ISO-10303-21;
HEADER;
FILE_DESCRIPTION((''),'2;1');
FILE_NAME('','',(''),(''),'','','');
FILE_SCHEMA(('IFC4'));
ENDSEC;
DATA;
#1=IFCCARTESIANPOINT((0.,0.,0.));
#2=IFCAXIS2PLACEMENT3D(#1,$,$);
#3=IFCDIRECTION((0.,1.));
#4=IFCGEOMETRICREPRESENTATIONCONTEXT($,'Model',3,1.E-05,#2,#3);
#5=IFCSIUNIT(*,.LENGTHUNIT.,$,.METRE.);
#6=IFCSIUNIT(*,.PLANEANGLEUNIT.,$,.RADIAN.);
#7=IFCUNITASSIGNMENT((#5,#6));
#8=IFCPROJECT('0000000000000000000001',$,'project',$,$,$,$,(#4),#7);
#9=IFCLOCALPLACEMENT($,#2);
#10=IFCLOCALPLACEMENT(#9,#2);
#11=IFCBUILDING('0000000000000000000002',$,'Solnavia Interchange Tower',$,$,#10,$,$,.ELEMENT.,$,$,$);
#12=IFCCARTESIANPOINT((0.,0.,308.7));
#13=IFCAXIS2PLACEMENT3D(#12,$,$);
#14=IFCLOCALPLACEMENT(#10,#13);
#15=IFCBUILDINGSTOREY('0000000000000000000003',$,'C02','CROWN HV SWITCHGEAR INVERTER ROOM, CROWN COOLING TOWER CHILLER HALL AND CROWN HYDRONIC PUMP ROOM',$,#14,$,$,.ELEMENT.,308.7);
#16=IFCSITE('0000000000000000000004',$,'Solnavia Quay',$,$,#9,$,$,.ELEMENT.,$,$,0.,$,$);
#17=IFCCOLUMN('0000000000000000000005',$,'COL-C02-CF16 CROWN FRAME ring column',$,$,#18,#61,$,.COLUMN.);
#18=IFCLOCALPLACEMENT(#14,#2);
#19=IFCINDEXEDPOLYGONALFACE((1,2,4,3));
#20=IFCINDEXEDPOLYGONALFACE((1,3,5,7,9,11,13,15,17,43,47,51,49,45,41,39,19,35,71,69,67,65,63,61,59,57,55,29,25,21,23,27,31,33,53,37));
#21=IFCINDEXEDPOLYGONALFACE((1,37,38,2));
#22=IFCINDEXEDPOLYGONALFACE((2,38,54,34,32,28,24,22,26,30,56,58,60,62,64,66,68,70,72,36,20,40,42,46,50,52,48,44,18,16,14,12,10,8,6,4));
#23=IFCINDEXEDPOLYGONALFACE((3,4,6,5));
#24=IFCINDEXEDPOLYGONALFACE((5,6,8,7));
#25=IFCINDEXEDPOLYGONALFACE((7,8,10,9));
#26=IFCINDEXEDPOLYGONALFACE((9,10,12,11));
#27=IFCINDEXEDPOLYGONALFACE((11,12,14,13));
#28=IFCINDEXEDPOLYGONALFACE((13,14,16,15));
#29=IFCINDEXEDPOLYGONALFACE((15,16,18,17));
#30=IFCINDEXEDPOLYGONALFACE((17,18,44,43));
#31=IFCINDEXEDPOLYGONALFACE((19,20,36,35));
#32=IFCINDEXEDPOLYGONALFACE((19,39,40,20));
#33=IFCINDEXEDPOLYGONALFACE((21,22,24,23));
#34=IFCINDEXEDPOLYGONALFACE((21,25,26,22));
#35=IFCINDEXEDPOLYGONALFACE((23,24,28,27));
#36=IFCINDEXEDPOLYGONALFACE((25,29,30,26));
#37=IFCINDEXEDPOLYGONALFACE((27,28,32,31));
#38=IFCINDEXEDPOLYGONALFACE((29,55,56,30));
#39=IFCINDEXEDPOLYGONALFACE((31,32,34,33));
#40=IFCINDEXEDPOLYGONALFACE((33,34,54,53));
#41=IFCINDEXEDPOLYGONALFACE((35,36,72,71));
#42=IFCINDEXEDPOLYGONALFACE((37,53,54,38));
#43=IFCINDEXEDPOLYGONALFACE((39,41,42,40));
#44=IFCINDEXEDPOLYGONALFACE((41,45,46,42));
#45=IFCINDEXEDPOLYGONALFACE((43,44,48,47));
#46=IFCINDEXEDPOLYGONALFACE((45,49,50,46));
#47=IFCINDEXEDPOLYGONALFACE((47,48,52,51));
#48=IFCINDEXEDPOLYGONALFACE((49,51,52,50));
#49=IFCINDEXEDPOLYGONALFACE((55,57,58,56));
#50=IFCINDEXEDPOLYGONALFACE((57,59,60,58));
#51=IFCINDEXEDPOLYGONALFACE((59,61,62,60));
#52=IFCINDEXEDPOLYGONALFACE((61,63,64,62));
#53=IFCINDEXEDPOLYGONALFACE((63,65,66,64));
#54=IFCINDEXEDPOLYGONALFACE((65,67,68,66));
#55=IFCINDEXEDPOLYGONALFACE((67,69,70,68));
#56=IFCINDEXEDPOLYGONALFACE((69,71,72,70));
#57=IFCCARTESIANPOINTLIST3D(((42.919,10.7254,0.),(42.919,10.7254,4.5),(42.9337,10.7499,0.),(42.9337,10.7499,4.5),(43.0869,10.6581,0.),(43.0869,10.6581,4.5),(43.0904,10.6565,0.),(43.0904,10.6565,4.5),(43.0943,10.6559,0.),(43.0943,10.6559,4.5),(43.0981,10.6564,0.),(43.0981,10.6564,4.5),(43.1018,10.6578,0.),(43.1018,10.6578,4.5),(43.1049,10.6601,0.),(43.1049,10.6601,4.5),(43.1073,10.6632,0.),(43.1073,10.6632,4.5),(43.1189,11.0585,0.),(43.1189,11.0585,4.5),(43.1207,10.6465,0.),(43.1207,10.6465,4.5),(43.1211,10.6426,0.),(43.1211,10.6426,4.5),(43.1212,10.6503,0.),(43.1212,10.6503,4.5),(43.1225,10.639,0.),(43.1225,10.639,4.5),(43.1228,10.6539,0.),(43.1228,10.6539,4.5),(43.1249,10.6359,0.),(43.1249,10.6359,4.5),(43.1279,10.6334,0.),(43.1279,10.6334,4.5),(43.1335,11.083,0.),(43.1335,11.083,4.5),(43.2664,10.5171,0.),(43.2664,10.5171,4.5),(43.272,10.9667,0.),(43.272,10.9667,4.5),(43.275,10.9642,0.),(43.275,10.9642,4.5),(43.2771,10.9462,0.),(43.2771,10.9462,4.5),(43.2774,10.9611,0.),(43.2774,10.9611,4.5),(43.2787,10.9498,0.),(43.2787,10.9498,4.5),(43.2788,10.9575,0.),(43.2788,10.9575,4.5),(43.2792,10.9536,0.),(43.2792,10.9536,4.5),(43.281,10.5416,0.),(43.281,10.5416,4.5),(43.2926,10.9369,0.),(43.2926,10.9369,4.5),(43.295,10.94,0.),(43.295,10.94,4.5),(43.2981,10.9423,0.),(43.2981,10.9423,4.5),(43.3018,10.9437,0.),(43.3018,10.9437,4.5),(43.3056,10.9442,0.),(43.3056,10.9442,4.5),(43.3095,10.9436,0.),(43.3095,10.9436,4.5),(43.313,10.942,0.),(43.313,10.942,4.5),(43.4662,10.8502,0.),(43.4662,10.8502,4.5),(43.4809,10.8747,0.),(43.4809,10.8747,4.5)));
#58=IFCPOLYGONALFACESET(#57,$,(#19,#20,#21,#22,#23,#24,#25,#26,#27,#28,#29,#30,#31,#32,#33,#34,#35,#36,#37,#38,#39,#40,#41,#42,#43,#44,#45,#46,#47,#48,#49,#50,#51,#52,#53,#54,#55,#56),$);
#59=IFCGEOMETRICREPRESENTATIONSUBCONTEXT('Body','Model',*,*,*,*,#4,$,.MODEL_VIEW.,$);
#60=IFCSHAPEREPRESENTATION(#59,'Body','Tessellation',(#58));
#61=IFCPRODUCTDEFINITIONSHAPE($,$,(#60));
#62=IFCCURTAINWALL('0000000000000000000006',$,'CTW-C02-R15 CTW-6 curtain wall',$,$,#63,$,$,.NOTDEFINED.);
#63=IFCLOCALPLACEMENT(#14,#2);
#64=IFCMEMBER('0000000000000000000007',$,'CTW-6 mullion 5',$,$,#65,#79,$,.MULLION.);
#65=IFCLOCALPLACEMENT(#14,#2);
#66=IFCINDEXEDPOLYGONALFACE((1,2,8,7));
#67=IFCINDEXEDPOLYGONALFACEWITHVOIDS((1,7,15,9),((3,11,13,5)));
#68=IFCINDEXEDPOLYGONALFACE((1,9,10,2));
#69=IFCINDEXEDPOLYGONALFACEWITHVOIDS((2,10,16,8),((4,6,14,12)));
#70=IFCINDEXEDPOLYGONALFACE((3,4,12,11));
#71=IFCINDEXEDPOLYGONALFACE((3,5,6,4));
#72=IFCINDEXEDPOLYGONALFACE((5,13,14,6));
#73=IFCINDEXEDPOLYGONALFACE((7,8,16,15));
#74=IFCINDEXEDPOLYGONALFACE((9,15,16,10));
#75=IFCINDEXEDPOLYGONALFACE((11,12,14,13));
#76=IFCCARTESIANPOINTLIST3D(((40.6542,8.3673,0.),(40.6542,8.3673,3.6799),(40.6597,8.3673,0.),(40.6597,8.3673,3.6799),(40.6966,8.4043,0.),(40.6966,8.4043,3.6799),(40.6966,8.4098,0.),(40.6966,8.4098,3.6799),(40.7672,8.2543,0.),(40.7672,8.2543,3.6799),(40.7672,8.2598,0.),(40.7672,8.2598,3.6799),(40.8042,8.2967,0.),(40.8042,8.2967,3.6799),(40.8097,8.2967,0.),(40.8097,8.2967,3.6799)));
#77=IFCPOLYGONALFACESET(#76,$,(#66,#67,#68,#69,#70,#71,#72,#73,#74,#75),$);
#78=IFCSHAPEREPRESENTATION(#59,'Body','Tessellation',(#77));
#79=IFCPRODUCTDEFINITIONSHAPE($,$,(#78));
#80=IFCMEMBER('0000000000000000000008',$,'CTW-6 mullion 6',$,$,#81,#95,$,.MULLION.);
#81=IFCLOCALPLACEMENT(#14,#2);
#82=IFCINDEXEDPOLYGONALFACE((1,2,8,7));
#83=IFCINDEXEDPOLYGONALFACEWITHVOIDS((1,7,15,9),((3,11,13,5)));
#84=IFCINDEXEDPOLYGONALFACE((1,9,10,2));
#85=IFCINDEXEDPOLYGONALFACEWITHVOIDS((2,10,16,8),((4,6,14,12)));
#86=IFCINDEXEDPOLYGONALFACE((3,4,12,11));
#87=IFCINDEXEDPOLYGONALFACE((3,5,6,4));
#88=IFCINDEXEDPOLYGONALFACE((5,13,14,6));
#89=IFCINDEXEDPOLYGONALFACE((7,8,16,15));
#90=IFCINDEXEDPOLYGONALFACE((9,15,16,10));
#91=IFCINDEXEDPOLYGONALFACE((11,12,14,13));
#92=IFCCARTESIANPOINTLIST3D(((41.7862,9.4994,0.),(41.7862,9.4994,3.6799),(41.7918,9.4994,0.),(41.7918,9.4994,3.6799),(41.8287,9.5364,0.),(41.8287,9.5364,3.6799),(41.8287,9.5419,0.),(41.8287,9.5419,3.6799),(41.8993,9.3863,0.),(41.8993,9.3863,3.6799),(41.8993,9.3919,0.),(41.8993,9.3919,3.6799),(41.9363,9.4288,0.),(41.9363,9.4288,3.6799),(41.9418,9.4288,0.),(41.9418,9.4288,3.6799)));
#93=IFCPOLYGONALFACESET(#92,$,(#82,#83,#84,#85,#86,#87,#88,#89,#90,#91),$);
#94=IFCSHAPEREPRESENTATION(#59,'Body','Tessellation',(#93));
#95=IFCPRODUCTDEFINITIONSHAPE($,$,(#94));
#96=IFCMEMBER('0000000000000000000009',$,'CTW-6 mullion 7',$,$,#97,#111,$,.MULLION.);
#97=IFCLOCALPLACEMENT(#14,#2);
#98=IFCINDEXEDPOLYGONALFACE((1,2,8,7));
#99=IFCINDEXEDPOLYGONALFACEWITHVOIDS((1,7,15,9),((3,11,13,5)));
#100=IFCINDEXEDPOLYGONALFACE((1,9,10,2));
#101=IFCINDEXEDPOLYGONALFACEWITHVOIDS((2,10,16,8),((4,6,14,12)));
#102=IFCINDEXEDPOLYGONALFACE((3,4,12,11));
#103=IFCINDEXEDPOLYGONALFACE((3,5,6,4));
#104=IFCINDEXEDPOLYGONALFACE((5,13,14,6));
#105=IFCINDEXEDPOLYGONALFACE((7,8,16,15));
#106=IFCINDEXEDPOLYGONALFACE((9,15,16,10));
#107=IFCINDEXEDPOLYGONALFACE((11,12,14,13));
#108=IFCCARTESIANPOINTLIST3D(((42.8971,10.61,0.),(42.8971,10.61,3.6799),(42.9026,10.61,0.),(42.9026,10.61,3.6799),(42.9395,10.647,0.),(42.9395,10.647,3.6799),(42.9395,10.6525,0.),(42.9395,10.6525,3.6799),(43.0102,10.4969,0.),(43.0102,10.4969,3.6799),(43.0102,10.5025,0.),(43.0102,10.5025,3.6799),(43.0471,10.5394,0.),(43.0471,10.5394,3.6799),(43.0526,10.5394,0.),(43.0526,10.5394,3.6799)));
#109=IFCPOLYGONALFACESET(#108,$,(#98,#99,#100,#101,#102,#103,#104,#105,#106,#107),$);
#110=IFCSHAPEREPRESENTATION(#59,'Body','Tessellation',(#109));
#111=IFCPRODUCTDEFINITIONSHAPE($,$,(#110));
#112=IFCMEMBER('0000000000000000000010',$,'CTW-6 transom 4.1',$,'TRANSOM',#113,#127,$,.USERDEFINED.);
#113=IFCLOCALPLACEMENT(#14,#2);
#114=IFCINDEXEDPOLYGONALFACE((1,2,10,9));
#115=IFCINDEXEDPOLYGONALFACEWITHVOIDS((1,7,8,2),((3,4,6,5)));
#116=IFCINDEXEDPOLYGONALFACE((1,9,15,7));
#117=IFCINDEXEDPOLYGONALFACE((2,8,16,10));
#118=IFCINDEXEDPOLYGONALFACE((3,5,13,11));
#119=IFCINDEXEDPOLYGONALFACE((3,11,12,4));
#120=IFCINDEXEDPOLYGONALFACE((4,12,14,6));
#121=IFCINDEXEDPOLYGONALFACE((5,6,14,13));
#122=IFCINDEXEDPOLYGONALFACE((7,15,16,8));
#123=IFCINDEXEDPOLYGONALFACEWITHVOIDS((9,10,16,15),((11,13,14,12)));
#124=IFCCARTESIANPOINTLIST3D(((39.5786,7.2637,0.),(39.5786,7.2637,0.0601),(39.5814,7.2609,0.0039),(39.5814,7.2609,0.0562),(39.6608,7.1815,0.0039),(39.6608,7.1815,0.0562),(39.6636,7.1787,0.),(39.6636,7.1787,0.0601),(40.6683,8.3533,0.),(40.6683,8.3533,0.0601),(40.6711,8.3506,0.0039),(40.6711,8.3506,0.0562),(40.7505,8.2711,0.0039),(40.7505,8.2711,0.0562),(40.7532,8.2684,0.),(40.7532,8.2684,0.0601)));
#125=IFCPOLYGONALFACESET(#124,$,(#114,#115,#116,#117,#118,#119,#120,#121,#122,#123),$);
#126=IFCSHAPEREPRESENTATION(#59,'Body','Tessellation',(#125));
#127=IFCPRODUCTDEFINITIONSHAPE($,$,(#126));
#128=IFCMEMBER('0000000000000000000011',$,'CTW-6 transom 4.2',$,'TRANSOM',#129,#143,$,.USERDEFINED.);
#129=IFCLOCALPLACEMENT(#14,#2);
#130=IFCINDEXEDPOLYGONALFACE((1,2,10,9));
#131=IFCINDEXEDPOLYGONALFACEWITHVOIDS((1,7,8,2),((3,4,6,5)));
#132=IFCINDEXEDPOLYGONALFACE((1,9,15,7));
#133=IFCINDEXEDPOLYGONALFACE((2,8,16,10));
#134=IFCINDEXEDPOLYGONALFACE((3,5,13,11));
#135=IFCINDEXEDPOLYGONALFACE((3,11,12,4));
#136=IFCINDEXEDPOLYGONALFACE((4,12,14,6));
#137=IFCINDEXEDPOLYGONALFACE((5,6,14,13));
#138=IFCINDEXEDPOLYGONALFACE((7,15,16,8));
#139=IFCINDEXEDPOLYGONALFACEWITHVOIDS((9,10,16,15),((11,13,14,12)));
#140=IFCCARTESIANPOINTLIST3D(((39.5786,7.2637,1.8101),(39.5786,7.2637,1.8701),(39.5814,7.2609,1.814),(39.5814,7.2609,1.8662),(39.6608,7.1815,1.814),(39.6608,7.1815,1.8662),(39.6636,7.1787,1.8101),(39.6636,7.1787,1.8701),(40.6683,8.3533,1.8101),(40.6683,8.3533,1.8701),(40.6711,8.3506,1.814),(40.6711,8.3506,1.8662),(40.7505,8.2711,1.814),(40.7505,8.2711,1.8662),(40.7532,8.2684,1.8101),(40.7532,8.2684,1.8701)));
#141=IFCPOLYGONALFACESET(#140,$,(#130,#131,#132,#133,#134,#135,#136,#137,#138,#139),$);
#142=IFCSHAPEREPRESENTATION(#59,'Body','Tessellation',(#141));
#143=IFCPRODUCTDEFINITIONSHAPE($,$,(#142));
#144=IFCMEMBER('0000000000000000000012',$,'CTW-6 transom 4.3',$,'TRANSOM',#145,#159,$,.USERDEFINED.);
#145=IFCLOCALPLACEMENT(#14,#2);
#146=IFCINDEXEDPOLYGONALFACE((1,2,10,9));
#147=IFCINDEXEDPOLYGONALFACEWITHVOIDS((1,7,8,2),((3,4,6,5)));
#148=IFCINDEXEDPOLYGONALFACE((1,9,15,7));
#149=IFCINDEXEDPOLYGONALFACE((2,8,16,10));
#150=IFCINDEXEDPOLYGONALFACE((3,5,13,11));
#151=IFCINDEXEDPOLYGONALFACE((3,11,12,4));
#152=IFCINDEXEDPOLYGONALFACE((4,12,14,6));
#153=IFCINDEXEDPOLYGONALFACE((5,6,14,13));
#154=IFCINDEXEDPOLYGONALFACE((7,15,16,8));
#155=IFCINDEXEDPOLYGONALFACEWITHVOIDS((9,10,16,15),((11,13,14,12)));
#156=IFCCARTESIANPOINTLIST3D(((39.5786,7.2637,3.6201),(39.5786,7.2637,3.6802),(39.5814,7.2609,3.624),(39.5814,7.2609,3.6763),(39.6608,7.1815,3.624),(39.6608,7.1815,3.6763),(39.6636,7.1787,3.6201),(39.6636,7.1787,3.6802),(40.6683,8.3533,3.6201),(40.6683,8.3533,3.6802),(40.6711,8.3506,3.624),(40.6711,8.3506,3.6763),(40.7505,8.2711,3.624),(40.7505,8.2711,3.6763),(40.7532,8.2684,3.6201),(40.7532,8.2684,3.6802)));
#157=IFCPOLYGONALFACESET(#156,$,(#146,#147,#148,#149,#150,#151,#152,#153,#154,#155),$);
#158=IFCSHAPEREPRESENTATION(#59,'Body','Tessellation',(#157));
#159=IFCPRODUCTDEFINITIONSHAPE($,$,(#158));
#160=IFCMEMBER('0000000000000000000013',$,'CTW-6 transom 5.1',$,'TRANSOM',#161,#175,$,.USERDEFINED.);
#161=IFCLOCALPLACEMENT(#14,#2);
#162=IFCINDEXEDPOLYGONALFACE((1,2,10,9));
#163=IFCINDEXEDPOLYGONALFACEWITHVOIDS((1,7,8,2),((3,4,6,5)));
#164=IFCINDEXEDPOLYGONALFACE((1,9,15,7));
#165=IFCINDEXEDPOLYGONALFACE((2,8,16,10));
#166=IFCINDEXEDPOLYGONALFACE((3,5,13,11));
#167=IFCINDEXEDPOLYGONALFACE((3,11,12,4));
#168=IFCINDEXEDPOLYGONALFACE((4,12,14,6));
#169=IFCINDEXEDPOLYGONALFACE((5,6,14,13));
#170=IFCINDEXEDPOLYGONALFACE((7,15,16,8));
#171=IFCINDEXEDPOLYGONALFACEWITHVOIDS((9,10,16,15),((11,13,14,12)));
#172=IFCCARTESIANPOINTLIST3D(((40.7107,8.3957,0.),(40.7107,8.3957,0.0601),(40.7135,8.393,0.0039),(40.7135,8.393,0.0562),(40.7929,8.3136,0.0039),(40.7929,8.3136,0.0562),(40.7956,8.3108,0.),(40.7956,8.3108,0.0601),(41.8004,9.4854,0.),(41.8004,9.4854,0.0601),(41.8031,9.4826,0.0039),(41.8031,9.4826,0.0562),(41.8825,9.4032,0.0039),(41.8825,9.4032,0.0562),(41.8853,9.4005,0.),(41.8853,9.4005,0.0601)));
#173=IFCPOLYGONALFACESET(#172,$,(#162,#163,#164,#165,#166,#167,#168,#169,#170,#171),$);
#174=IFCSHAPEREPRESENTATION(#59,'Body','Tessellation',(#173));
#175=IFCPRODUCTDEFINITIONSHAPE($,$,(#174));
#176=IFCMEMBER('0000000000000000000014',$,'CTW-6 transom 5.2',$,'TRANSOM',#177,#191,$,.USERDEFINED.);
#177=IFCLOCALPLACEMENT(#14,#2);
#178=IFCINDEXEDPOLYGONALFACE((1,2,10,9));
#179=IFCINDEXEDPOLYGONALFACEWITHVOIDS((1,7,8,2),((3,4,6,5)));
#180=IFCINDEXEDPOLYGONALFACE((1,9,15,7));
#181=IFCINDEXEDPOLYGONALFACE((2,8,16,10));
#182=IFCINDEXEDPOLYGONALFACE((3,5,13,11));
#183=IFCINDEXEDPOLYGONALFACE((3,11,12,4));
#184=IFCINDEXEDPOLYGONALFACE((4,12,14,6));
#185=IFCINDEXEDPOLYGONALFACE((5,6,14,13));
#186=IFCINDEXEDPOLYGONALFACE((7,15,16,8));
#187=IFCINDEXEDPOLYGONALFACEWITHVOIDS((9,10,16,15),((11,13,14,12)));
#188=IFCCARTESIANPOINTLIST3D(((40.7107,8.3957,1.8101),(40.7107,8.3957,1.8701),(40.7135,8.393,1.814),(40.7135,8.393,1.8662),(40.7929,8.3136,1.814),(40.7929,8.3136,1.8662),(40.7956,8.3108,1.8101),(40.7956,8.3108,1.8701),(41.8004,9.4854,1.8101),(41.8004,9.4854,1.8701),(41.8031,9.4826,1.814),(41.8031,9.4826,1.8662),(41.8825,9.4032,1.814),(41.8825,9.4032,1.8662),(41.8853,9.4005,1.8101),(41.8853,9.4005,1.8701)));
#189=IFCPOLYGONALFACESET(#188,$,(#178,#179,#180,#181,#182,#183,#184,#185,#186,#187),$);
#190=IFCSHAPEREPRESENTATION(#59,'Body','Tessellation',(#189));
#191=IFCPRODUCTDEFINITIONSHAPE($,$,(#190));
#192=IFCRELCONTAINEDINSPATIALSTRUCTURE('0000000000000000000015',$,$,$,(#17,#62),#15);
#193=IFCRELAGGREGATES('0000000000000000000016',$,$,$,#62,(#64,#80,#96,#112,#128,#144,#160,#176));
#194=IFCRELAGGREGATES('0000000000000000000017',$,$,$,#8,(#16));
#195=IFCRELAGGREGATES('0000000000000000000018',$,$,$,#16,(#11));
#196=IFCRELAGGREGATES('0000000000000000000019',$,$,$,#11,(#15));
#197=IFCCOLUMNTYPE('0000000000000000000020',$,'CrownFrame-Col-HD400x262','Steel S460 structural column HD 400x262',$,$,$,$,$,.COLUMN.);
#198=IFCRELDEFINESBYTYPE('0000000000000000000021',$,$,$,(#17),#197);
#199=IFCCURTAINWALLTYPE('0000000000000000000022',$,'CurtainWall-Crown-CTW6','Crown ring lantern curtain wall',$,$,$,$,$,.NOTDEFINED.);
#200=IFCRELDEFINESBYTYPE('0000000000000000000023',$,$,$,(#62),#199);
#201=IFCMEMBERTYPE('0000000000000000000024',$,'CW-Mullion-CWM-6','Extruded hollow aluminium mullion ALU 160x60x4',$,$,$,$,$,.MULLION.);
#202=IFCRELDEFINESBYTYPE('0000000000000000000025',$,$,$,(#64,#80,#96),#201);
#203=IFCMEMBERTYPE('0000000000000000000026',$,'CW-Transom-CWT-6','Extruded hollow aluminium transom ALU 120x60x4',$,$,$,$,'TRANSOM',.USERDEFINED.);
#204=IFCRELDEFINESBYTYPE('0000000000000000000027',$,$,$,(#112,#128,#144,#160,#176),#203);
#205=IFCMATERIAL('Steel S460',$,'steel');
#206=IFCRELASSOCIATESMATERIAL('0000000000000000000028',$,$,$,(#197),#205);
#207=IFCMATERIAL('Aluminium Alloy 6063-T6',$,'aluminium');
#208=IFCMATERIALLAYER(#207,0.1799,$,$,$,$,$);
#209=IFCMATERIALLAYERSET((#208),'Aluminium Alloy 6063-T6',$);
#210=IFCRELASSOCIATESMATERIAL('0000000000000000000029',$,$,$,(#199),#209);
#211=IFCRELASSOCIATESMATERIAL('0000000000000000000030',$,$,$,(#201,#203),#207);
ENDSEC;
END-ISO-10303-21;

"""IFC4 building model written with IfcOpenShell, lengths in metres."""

from ifc_helpers import new_model, si_unit, direction, frame, origin, origin_2d, place, context, subcontext, project, spatial, hollow_rectangle, i_section, extrude, material, layer, layer_set, material_profile, profile_set, type_object, element, aggregate, save


model = new_model("IFC4")

# Units and contexts
model_context = context("Model", 3, precision=1e-05, world=origin(), true_north=direction((0.0, 1.0)))
body_context = subcontext(model_context, "Body", "Model", "MODEL_VIEW")
ifc_project = project(units=[si_unit("LENGTHUNIT", "METRE"), si_unit("PLANEANGLEUNIT", "RADIAN")], contexts=[model_context])

# Site, building, storey
site_placement = place(None, origin())
site = spatial("IfcSite", under=ifc_project, at=site_placement, Name="Solnavia Quay", CompositionType="ELEMENT", RefElevation=0.0)
building_placement = place(site_placement, origin())
building = spatial("IfcBuilding", under=site, at=building_placement, Name="Solnavia Interchange Tower", CompositionType="ELEMENT")
storey_placement = place(building_placement, frame((0.0, 0.0, 308.7)))
storey = spatial("IfcBuildingStorey", under=building, at=storey_placement, Name="C02", Description="CROWN HV SWITCHGEAR INVERTER ROOM, CROWN COOLING TOWER CHILLER HALL AND CROWN HYDRONIC PUMP ROOM", CompositionType="ELEMENT", Elevation=308.7)

# Column
ifc_material_1 = material(Name="Steel S460", Category="steel")
ifc_material_profile_1 = material_profile(ifc_material_1, i_section(OverallWidth=0.405, OverallDepth=0.417, WebThickness=0.0181, FlangeThickness=0.0286, FilletRadius=0.0149, at=origin_2d()), Name="HD 400x262")
ifc_profile_set_1 = profile_set([ifc_material_profile_1], Name="Steel S460")
column_type = type_object("IfcColumnType", Name="CrownFrame-Col-HD400x262", Description="Steel S460 structural column HD 400x262", PredefinedType="COLUMN", material=ifc_profile_set_1)
column_placement = place(storey_placement, frame((43.2, 10.8, 0.0), z_axis=(0.0, 0.0, 1.0), x_axis=(0.857527, -0.51444, 0.0)))
element("IfcColumn", 1, at=column_placement, inside=storey, type_object=column_type, Name="COL-C02-CF16 CROWN FRAME ring column", PredefinedType="COLUMN", context=body_context, shape_type="SweptSolid", body=[
    extrude(i_section(OverallWidth=0.405, OverallDepth=0.417, WebThickness=0.0181, FlangeThickness=0.0286, FilletRadius=0.0149, at=origin_2d()), origin(), (0.0, 0.0, 1.0), 4.5),
])

# Curtain wall, members
ifc_material_2 = material(Name="Aluminium Alloy 6063-T6", Category="aluminium")
ifc_layer_1 = layer(ifc_material_2, 0.1799)
ifc_layer_set_1 = layer_set([ifc_layer_1], Name="Aluminium Alloy 6063-T6")
curtain_wall_type = type_object("IfcCurtainWallType", Name="CurtainWall-Crown-CTW6", Description="Crown ring lantern curtain wall", PredefinedType="NOTDEFINED", material=ifc_layer_set_1)
curtain_wall_placement = place(storey_placement, origin())
curtain_wall = element("IfcCurtainWall", 2, at=curtain_wall_placement, inside=storey, type_object=curtain_wall_type, Name="CTW-C02-R15 CTW-6 curtain wall", PredefinedType="NOTDEFINED")
ifc_material_profile_2 = material_profile(ifc_material_2, hollow_rectangle(XDim=0.0601, YDim=0.1599, WallThickness=0.0039, at=origin_2d()), Name="ALU 160x60x4")
ifc_profile_set_2 = profile_set([ifc_material_profile_2], Name="Aluminium Alloy 6063-T6")
member_type_1 = type_object("IfcMemberType", Name="CW-Mullion-CWM-6", Description="Extruded hollow aluminium mullion ALU 160x60x4", PredefinedType="MULLION", material=ifc_profile_set_2)
member_1_placement = place(storey_placement, frame((40.7319, 8.332, 0.0), z_axis=(0.0, 0.0, 1.0), x_axis=(0.707107, 0.707107, 0.0)))
member_1 = element("IfcMember", 3, at=member_1_placement, type_object=member_type_1, Name="CTW-6 mullion 5", PredefinedType="MULLION", context=body_context, shape_type="SweptSolid", body=[
    extrude(hollow_rectangle(XDim=0.0601, YDim=0.1599, WallThickness=0.0039, at=origin_2d()), origin(), (0.0, 0.0, 1.0), 3.6799),
])
member_2_placement = place(storey_placement, frame((41.864, 9.4641, 0.0), z_axis=(0.0, 0.0, 1.0), x_axis=(0.707107, 0.707107, 0.0)))
member_2 = element("IfcMember", 4, at=member_2_placement, type_object=member_type_1, Name="CTW-6 mullion 6", PredefinedType="MULLION", context=body_context, shape_type="SweptSolid", body=[
    extrude(hollow_rectangle(XDim=0.0601, YDim=0.1599, WallThickness=0.0039, at=origin_2d()), origin(), (0.0, 0.0, 1.0), 3.6799),
])
member_3_placement = place(storey_placement, frame((42.9749, 10.5747, 0.0), z_axis=(0.0, 0.0, 1.0), x_axis=(0.707107, 0.707107, 0.0)))
member_3 = element("IfcMember", 5, at=member_3_placement, type_object=member_type_1, Name="CTW-6 mullion 7", PredefinedType="MULLION", context=body_context, shape_type="SweptSolid", body=[
    extrude(hollow_rectangle(XDim=0.0601, YDim=0.1599, WallThickness=0.0039, at=origin_2d()), origin(), (0.0, 0.0, 1.0), 3.6799),
])
ifc_material_profile_3 = material_profile(ifc_material_2, hollow_rectangle(XDim=0.0601, YDim=0.1201, WallThickness=0.0039, at=origin_2d()), Name="ALU 120x60x4")
ifc_profile_set_3 = profile_set([ifc_material_profile_3], Name="Aluminium Alloy 6063-T6")
member_type_2 = type_object("IfcMemberType", Name="CW-Transom-CWT-6", Description="Extruded hollow aluminium transom ALU 120x60x4", ElementType="TRANSOM", PredefinedType="USERDEFINED", material=ifc_profile_set_3)
member_4_placement = place(storey_placement, frame((39.6211, 7.2212, 0.03), z_axis=(0.707107, 0.707107, 0.0), x_axis=(0.0, 0.0, 1.0)))
member_4 = element("IfcMember", 6, at=member_4_placement, type_object=member_type_2, Name="CTW-6 transom 4.1", ObjectType="TRANSOM", PredefinedType="USERDEFINED", context=body_context, shape_type="SweptSolid", body=[
    extrude(hollow_rectangle(XDim=0.0601, YDim=0.1201, WallThickness=0.0039, at=origin_2d()), origin(), (0.0, 0.0, 1.0), 1.541),
])
member_5_placement = place(storey_placement, frame((39.6211, 7.2212, 1.8401), z_axis=(0.707107, 0.707107, 0.0), x_axis=(0.0, 0.0, 1.0)))
member_5 = element("IfcMember", 7, at=member_5_placement, type_object=member_type_2, Name="CTW-6 transom 4.2", ObjectType="TRANSOM", PredefinedType="USERDEFINED", context=body_context, shape_type="SweptSolid", body=[
    extrude(hollow_rectangle(XDim=0.0601, YDim=0.1201, WallThickness=0.0039, at=origin_2d()), origin(), (0.0, 0.0, 1.0), 1.541),
])
member_6_placement = place(storey_placement, frame((39.6211, 7.2212, 3.6501), z_axis=(0.707107, 0.707107, 0.0), x_axis=(0.0, 0.0, 1.0)))
member_6 = element("IfcMember", 8, at=member_6_placement, type_object=member_type_2, Name="CTW-6 transom 4.3", ObjectType="TRANSOM", PredefinedType="USERDEFINED", context=body_context, shape_type="SweptSolid", body=[
    extrude(hollow_rectangle(XDim=0.0601, YDim=0.1201, WallThickness=0.0039, at=origin_2d()), origin(), (0.0, 0.0, 1.0), 1.541),
])
member_7_placement = place(storey_placement, frame((40.7532, 8.3533, 0.03), z_axis=(0.707107, 0.707107, 0.0), x_axis=(0.0, 0.0, 1.0)))
member_7 = element("IfcMember", 9, at=member_7_placement, type_object=member_type_2, Name="CTW-6 transom 5.1", ObjectType="TRANSOM", PredefinedType="USERDEFINED", context=body_context, shape_type="SweptSolid", body=[
    extrude(hollow_rectangle(XDim=0.0601, YDim=0.1201, WallThickness=0.0039, at=origin_2d()), origin(), (0.0, 0.0, 1.0), 1.541),
])
member_8_placement = place(storey_placement, frame((40.7532, 8.3533, 1.8401), z_axis=(0.707107, 0.707107, 0.0), x_axis=(0.0, 0.0, 1.0)))
member_8 = element("IfcMember", 10, at=member_8_placement, type_object=member_type_2, Name="CTW-6 transom 5.2", ObjectType="TRANSOM", PredefinedType="USERDEFINED", context=body_context, shape_type="SweptSolid", body=[
    extrude(hollow_rectangle(XDim=0.0601, YDim=0.1201, WallThickness=0.0039, at=origin_2d()), origin(), (0.0, 0.0, 1.0), 1.541),
])

aggregate(curtain_wall, [member_1, member_2, member_3, member_4, member_5, member_6, member_7, member_8])

save(model, "model.ifc")
